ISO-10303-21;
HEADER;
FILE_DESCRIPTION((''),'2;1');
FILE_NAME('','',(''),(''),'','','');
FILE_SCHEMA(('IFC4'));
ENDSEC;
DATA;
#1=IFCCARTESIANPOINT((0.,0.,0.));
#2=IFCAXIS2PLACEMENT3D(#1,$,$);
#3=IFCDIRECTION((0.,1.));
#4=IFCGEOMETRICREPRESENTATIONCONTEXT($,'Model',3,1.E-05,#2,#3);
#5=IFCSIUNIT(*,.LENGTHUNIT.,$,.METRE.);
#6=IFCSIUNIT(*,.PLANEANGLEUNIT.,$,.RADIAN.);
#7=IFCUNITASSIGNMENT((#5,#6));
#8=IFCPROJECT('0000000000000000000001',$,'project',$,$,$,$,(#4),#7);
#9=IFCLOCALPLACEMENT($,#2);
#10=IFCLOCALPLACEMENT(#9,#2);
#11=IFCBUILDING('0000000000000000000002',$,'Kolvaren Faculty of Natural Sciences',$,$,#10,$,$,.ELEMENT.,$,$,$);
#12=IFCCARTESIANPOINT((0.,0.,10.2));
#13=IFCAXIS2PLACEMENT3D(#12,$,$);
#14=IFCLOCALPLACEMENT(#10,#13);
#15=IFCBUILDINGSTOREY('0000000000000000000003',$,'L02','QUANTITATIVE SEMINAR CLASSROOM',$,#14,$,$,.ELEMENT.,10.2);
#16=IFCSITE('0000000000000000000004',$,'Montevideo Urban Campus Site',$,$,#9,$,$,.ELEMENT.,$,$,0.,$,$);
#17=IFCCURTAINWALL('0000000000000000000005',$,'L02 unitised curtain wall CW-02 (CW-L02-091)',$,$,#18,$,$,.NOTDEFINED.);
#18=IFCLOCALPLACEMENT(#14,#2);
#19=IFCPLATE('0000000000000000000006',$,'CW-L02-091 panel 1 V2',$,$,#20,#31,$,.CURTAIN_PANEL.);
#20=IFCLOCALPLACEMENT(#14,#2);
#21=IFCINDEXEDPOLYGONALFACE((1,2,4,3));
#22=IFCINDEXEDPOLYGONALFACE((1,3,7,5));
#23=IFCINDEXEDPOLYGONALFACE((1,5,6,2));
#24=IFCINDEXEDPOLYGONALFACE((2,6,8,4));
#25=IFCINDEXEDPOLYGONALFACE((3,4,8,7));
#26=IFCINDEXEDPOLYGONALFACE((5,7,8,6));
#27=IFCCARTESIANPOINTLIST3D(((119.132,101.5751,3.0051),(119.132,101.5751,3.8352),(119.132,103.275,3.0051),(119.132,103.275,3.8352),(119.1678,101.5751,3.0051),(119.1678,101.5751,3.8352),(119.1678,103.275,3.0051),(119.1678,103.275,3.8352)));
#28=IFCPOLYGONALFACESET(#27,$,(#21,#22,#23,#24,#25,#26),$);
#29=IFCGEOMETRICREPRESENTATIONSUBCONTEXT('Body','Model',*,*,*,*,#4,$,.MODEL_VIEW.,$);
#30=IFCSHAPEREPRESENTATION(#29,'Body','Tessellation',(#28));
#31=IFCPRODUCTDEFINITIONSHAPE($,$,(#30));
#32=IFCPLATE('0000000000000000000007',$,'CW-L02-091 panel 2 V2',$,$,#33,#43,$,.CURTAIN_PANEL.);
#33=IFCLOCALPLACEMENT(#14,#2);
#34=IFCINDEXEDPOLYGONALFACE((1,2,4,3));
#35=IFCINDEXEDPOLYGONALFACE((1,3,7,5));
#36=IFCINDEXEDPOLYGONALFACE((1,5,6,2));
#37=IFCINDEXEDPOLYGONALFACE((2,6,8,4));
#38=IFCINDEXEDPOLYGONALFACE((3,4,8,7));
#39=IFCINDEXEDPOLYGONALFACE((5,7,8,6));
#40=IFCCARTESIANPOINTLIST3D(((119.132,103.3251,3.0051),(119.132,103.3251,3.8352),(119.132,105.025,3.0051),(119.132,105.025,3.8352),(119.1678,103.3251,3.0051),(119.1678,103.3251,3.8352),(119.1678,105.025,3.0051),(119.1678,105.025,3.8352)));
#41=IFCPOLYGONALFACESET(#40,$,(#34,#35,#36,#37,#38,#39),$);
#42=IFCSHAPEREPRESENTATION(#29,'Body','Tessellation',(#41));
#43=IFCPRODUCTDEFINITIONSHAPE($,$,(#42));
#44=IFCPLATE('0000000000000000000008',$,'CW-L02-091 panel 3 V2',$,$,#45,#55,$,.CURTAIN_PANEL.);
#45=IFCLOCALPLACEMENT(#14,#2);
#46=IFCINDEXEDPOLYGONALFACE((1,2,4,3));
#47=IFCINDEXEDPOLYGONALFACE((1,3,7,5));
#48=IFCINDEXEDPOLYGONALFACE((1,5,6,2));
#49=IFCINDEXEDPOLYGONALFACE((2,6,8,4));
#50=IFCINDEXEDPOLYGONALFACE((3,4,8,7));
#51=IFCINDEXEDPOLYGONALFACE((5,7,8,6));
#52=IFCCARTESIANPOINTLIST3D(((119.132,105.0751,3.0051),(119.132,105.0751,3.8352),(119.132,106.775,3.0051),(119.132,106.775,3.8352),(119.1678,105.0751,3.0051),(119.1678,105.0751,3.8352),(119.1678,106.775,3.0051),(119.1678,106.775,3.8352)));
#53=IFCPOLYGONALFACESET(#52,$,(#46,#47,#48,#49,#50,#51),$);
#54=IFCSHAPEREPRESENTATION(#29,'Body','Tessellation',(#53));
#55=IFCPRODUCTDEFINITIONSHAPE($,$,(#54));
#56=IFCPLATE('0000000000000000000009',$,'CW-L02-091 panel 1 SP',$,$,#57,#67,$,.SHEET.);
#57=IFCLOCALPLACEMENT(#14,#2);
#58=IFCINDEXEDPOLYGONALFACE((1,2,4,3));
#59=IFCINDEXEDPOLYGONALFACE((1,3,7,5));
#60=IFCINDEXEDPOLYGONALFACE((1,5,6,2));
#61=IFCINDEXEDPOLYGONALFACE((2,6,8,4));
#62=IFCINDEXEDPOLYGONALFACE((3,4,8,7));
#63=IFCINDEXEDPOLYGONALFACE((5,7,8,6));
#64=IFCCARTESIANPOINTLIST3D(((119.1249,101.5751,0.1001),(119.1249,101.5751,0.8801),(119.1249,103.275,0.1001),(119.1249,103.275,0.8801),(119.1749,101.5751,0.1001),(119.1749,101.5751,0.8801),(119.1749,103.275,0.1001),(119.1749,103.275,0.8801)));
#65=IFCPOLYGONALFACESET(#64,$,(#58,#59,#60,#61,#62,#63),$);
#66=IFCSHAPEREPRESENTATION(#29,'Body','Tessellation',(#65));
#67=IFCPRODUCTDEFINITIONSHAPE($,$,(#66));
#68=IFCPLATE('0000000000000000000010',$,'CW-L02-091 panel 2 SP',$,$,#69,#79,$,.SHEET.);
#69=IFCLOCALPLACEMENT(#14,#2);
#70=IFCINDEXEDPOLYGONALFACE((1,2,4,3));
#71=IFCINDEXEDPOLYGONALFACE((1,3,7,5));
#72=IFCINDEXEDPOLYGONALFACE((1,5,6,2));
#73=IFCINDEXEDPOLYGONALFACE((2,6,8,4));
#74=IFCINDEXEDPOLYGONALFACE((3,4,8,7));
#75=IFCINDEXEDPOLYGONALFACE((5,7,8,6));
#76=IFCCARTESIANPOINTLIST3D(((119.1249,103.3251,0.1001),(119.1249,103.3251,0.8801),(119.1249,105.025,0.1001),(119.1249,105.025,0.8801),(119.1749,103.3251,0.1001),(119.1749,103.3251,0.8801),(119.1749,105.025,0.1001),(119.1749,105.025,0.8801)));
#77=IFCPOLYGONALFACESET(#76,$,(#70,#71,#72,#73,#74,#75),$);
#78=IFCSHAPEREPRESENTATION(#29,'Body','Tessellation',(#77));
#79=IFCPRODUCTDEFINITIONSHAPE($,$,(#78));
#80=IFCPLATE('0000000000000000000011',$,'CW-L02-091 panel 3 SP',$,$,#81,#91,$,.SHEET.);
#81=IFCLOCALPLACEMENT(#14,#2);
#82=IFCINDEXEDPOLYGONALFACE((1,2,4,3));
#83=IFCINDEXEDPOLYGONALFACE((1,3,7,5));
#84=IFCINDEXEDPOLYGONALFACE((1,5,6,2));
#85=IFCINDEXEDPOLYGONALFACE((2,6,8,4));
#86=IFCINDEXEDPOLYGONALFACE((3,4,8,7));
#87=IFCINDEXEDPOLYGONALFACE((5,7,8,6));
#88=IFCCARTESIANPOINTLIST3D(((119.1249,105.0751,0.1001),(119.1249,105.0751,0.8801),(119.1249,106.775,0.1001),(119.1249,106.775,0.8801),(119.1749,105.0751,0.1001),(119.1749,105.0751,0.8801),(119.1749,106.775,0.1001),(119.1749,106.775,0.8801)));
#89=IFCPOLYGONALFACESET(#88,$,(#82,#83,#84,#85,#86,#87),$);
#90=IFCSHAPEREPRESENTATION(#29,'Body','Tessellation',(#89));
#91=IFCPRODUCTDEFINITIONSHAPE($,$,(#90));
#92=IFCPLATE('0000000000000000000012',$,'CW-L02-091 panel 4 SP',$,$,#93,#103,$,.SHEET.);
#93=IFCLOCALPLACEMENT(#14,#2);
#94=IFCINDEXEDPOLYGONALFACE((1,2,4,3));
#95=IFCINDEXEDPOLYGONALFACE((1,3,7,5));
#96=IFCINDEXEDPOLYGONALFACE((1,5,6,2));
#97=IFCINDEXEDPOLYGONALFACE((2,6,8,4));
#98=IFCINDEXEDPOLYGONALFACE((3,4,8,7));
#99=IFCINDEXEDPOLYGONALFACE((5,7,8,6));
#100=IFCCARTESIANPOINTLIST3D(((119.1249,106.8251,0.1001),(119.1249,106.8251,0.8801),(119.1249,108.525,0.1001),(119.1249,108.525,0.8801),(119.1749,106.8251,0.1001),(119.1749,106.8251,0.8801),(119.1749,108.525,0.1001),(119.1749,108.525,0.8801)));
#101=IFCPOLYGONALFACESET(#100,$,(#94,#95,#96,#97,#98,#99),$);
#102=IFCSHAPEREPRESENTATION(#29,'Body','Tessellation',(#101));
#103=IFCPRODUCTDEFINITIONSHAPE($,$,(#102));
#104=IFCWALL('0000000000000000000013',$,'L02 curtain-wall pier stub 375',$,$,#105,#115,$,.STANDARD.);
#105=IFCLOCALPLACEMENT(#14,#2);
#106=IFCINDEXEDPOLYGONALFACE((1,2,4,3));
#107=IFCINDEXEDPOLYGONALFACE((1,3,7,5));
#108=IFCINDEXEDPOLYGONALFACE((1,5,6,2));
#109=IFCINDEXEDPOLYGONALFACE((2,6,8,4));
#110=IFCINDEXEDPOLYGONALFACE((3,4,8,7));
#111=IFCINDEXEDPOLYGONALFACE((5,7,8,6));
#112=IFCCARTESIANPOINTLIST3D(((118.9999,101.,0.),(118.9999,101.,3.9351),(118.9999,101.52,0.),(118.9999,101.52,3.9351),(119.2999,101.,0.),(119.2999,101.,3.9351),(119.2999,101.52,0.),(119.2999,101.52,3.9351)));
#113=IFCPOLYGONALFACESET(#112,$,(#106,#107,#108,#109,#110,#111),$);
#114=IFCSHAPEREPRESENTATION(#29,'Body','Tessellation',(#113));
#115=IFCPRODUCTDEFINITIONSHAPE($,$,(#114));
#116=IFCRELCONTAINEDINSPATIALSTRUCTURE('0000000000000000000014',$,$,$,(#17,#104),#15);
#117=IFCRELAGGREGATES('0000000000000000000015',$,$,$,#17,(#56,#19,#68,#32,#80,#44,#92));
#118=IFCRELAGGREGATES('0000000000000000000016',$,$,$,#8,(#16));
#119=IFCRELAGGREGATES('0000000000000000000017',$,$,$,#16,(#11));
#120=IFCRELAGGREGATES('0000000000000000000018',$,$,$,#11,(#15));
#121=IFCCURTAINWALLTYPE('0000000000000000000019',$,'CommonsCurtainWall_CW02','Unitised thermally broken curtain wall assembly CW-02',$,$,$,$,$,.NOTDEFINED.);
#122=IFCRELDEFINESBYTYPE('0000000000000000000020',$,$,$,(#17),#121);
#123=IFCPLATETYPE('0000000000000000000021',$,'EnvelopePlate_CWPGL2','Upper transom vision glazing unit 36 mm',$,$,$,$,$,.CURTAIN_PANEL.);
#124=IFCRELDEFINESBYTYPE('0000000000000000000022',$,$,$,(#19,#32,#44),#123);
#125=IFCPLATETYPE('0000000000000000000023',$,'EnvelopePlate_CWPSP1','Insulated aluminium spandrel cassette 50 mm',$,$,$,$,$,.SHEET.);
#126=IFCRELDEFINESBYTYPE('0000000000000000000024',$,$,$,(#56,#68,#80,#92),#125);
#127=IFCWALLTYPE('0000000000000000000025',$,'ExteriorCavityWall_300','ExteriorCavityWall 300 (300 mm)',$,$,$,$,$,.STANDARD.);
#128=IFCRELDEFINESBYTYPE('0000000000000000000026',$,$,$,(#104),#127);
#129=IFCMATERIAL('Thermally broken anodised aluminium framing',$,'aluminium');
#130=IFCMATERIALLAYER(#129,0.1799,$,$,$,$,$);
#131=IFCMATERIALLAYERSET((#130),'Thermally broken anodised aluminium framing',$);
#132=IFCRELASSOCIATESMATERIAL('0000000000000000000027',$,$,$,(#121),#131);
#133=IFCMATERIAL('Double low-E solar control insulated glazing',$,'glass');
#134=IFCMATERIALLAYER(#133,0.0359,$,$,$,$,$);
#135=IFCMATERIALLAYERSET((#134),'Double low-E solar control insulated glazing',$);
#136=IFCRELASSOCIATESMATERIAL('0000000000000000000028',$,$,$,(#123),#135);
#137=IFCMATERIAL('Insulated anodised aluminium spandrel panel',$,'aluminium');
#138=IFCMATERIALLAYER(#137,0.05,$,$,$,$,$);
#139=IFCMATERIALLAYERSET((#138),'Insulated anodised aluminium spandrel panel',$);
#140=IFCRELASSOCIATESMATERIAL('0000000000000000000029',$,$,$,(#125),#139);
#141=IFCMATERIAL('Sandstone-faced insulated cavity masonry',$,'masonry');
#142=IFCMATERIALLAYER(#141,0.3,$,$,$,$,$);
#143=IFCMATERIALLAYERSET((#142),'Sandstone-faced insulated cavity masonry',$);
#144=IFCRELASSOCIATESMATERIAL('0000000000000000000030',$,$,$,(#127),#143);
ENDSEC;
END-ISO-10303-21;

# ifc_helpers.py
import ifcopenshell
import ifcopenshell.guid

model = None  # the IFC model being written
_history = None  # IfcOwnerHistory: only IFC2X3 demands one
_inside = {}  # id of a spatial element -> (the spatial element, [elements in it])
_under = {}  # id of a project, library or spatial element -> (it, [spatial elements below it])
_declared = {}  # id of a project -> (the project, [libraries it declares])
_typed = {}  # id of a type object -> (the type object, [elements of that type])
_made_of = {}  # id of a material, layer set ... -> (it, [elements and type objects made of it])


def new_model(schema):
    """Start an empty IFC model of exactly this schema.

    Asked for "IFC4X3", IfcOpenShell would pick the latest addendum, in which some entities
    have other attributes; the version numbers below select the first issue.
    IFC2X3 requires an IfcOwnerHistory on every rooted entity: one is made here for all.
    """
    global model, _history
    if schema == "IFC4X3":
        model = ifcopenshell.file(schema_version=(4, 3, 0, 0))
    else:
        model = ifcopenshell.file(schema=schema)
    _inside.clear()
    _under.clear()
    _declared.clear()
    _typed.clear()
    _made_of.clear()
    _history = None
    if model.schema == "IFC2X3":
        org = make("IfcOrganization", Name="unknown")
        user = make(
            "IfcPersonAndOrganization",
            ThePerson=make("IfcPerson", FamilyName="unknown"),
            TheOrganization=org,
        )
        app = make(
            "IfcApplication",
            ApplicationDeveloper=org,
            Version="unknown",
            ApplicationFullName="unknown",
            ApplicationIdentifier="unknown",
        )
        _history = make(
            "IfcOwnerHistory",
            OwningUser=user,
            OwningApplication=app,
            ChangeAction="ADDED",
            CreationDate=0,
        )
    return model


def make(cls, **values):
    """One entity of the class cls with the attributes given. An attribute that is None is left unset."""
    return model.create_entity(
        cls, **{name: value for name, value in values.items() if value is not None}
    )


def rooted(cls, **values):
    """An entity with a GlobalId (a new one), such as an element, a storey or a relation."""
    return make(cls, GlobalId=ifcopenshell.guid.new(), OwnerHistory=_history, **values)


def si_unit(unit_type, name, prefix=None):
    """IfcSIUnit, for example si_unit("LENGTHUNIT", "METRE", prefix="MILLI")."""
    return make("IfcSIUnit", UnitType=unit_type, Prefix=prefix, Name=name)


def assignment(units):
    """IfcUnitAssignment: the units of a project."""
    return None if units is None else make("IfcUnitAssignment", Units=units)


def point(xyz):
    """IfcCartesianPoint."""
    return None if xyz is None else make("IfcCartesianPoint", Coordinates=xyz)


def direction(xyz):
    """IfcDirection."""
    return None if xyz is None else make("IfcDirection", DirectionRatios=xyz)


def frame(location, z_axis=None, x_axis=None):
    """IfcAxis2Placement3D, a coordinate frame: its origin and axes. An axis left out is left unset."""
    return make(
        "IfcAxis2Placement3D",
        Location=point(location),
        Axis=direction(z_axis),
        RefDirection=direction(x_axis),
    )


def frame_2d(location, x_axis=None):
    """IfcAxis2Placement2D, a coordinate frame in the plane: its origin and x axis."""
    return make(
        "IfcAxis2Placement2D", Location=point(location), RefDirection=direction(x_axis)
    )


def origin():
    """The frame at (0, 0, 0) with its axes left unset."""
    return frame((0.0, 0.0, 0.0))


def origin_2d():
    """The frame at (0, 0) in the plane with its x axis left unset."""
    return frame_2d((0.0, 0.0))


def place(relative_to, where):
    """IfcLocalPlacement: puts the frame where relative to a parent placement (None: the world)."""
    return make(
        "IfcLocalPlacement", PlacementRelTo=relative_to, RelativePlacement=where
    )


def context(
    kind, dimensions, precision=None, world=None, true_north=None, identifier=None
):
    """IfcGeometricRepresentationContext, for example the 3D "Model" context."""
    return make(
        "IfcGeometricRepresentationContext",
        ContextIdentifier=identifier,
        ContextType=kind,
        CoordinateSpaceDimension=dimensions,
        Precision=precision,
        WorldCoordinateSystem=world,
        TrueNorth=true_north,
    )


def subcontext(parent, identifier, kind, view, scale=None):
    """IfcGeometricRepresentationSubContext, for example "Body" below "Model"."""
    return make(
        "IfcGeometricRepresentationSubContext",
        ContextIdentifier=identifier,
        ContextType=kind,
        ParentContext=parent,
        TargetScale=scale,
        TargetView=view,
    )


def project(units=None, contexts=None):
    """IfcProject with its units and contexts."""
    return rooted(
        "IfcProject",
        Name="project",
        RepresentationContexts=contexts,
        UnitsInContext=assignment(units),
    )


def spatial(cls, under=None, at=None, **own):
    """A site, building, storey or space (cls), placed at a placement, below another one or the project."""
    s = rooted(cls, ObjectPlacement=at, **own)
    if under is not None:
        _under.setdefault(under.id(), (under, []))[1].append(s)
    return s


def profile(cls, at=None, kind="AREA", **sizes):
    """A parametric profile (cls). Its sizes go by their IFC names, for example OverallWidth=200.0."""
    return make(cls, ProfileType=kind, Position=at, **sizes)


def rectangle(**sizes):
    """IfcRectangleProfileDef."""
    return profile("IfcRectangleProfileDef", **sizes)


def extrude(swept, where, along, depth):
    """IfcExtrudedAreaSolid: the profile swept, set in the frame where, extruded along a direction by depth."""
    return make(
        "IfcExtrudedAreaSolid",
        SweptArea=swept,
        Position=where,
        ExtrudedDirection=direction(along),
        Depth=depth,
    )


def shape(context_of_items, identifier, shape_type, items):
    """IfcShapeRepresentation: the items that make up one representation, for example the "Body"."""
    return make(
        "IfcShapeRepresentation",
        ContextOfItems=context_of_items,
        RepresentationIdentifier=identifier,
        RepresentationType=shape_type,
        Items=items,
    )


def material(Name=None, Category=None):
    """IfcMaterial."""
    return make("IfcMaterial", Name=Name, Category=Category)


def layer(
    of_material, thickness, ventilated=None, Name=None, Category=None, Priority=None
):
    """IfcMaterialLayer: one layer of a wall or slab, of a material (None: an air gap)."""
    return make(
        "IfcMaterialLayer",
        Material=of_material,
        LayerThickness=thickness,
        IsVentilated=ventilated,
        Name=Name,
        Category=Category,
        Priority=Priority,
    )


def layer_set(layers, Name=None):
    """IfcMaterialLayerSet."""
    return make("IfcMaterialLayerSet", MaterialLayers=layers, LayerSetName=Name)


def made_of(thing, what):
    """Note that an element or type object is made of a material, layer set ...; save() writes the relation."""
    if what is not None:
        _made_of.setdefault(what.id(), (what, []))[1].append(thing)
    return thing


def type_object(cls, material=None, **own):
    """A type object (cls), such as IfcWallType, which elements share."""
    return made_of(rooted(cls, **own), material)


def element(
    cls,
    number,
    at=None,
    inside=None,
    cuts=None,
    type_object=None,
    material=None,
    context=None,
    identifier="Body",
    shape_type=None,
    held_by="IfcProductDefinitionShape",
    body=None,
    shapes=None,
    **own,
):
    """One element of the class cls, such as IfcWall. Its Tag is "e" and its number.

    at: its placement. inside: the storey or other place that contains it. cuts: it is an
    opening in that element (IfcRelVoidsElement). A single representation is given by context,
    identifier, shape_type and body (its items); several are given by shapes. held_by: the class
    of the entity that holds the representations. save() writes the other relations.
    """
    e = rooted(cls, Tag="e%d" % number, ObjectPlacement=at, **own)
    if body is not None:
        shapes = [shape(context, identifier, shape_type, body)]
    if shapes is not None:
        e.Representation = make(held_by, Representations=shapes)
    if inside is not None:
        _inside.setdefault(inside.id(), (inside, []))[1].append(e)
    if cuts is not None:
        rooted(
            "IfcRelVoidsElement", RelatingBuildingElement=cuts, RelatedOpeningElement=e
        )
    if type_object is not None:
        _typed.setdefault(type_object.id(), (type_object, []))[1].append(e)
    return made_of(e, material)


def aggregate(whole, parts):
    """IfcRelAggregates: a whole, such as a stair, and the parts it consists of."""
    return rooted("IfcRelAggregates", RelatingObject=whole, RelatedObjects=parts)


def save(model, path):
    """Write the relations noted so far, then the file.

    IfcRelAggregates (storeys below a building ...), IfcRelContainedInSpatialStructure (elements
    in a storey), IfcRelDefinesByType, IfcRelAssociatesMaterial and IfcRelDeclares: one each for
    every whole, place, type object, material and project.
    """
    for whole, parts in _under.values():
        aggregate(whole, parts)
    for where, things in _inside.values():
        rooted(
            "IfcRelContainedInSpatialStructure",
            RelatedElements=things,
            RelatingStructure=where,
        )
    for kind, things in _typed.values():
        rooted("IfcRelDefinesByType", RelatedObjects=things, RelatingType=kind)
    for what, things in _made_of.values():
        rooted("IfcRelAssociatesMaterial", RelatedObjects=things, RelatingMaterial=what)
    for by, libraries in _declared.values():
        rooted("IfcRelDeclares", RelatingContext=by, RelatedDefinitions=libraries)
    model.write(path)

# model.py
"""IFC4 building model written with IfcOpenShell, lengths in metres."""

from ifc_helpers import new_model, si_unit, direction, frame, frame_2d, origin, origin_2d, place, context, subcontext, project, spatial, rectangle, extrude, material, layer, layer_set, type_object, element, aggregate, save


model = new_model("IFC4")

# Units and contexts
model_context = context("Model", 3, precision=1e-05, world=origin(), true_north=direction((0.0, 1.0)))
body_context = subcontext(model_context, "Body", "Model", "MODEL_VIEW")
ifc_project = project(units=[si_unit("LENGTHUNIT", "METRE"), si_unit("PLANEANGLEUNIT", "RADIAN")], contexts=[model_context])

# Site, building, storey
site_placement = place(None, origin())
site = spatial("IfcSite", under=ifc_project, at=site_placement, Name="Montevideo Urban Campus Site", CompositionType="ELEMENT", RefElevation=0.0)
building_placement = place(site_placement, origin())
building = spatial("IfcBuilding", under=site, at=building_placement, Name="Kolvaren Faculty of Natural Sciences", CompositionType="ELEMENT")
storey_placement = place(building_placement, frame((0.0, 0.0, 10.2)))
storey = spatial("IfcBuildingStorey", under=building, at=storey_placement, Name="L02", Description="QUANTITATIVE SEMINAR CLASSROOM", CompositionType="ELEMENT", Elevation=10.2)

# Curtain wall
ifc_material_1 = material(Name="Thermally broken anodised aluminium framing", Category="aluminium")
ifc_layer_1 = layer(ifc_material_1, 0.1799)
ifc_layer_set_1 = layer_set([ifc_layer_1], Name="Thermally broken anodised aluminium framing")
curtain_wall_type = type_object("IfcCurtainWallType", Name="CommonsCurtainWall_CW02", Description="Unitised thermally broken curtain wall assembly CW-02", PredefinedType="NOTDEFINED", material=ifc_layer_set_1)
curtain_wall_placement = place(storey_placement, origin())
curtain_wall = element("IfcCurtainWall", 1, at=curtain_wall_placement, inside=storey, type_object=curtain_wall_type, Name="L02 unitised curtain wall CW-02 (CW-L02-091)", PredefinedType="NOTDEFINED")

# Plates
ifc_material_2 = material(Name="Double low-E solar control insulated glazing", Category="glass")
ifc_layer_2 = layer(ifc_material_2, 0.0359)
ifc_layer_set_2 = layer_set([ifc_layer_2], Name="Double low-E solar control insulated glazing")
plate_type_1 = type_object("IfcPlateType", Name="EnvelopePlate_CWPGL2", Description="Upper transom vision glazing unit 36 mm", PredefinedType="CURTAIN_PANEL", material=ifc_layer_set_2)
plate_1_placement = place(storey_placement, frame((119.1499, 102.425, 3.0051), z_axis=(0.0, 0.0, 1.0), x_axis=(0.0, 1.0, 0.0)))
plate_1 = element("IfcPlate", 2, at=plate_1_placement, type_object=plate_type_1, Name="CW-L02-091 panel 1 V2", PredefinedType="CURTAIN_PANEL", context=body_context, shape_type="SweptSolid", body=[
    extrude(rectangle(XDim=1.7, YDim=0.0359, at=origin_2d()), origin(), (0.0, 0.0, 1.0), 0.8301),
])
plate_2_placement = place(storey_placement, frame((119.1499, 104.175, 3.0051), z_axis=(0.0, 0.0, 1.0), x_axis=(0.0, 1.0, 0.0)))
plate_2 = element("IfcPlate", 3, at=plate_2_placement, type_object=plate_type_1, Name="CW-L02-091 panel 2 V2", PredefinedType="CURTAIN_PANEL", context=body_context, shape_type="SweptSolid", body=[
    extrude(rectangle(XDim=1.7, YDim=0.0359, at=origin_2d()), origin(), (0.0, 0.0, 1.0), 0.8301),
])
plate_3_placement = place(storey_placement, frame((119.1499, 105.925, 3.0051), z_axis=(0.0, 0.0, 1.0), x_axis=(0.0, 1.0, 0.0)))
plate_3 = element("IfcPlate", 4, at=plate_3_placement, type_object=plate_type_1, Name="CW-L02-091 panel 3 V2", PredefinedType="CURTAIN_PANEL", context=body_context, shape_type="SweptSolid", body=[
    extrude(rectangle(XDim=1.7, YDim=0.0359, at=origin_2d()), origin(), (0.0, 0.0, 1.0), 0.8301),
])
ifc_material_3 = material(Name="Insulated anodised aluminium spandrel panel", Category="aluminium")
ifc_layer_3 = layer(ifc_material_3, 0.05)
ifc_layer_set_3 = layer_set([ifc_layer_3], Name="Insulated anodised aluminium spandrel panel")
plate_type_2 = type_object("IfcPlateType", Name="EnvelopePlate_CWPSP1", Description="Insulated aluminium spandrel cassette 50 mm", PredefinedType="SHEET", material=ifc_layer_set_3)
plate_4_placement = place(storey_placement, frame((119.1499, 102.425, 0.1001), z_axis=(0.0, 0.0, 1.0), x_axis=(0.0, 1.0, 0.0)))
plate_4 = element("IfcPlate", 5, at=plate_4_placement, type_object=plate_type_2, Name="CW-L02-091 panel 1 SP", PredefinedType="SHEET", context=body_context, shape_type="SweptSolid", body=[
    extrude(rectangle(XDim=1.7, YDim=0.05, at=origin_2d()), origin(), (0.0, 0.0, 1.0), 0.78),
])
plate_5_placement = place(storey_placement, frame((119.1499, 104.175, 0.1001), z_axis=(0.0, 0.0, 1.0), x_axis=(0.0, 1.0, 0.0)))
plate_5 = element("IfcPlate", 6, at=plate_5_placement, type_object=plate_type_2, Name="CW-L02-091 panel 2 SP", PredefinedType="SHEET", context=body_context, shape_type="SweptSolid", body=[
    extrude(rectangle(XDim=1.7, YDim=0.05, at=origin_2d()), origin(), (0.0, 0.0, 1.0), 0.78),
])
plate_6_placement = place(storey_placement, frame((119.1499, 105.925, 0.1001), z_axis=(0.0, 0.0, 1.0), x_axis=(0.0, 1.0, 0.0)))
plate_6 = element("IfcPlate", 7, at=plate_6_placement, type_object=plate_type_2, Name="CW-L02-091 panel 3 SP", PredefinedType="SHEET", context=body_context, shape_type="SweptSolid", body=[
    extrude(rectangle(XDim=1.7, YDim=0.05, at=origin_2d()), origin(), (0.0, 0.0, 1.0), 0.78),
])
plate_7_placement = place(storey_placement, frame((119.1499, 107.675, 0.1001), z_axis=(0.0, 0.0, 1.0), x_axis=(0.0, 1.0, 0.0)))
plate_7 = element("IfcPlate", 8, at=plate_7_placement, type_object=plate_type_2, Name="CW-L02-091 panel 4 SP", PredefinedType="SHEET", context=body_context, shape_type="SweptSolid", body=[
    extrude(rectangle(XDim=1.7, YDim=0.05, at=origin_2d()), origin(), (0.0, 0.0, 1.0), 0.78),
])
aggregate(curtain_wall, [plate_4, plate_1, plate_5, plate_2, plate_6, plate_3, plate_7])

# Wall
ifc_material_4 = material(Name="Sandstone-faced insulated cavity masonry", Category="masonry")
ifc_layer_4 = layer(ifc_material_4, 0.3)
ifc_layer_set_4 = layer_set([ifc_layer_4], Name="Sandstone-faced insulated cavity masonry")
wall_type = type_object("IfcWallType", Name="ExteriorCavityWall_300", Description="ExteriorCavityWall 300 (300 mm)", PredefinedType="STANDARD", material=ifc_layer_set_4)
wall_placement = place(storey_placement, frame((119.1499, 101.0, 0.0), z_axis=(0.0, 0.0, 1.0), x_axis=(0.0, 1.0, 0.0)))
element("IfcWall", 9, at=wall_placement, inside=storey, type_object=wall_type, Name="L02 curtain-wall pier stub 375", PredefinedType="STANDARD", context=body_context, shape_type="SweptSolid", body=[
    extrude(rectangle(XDim=0.52, YDim=0.3, at=frame_2d((0.26, 0.0))), origin(), (0.0, 0.0, 1.0), 3.9351),
])

save(model, "model.ifc")
